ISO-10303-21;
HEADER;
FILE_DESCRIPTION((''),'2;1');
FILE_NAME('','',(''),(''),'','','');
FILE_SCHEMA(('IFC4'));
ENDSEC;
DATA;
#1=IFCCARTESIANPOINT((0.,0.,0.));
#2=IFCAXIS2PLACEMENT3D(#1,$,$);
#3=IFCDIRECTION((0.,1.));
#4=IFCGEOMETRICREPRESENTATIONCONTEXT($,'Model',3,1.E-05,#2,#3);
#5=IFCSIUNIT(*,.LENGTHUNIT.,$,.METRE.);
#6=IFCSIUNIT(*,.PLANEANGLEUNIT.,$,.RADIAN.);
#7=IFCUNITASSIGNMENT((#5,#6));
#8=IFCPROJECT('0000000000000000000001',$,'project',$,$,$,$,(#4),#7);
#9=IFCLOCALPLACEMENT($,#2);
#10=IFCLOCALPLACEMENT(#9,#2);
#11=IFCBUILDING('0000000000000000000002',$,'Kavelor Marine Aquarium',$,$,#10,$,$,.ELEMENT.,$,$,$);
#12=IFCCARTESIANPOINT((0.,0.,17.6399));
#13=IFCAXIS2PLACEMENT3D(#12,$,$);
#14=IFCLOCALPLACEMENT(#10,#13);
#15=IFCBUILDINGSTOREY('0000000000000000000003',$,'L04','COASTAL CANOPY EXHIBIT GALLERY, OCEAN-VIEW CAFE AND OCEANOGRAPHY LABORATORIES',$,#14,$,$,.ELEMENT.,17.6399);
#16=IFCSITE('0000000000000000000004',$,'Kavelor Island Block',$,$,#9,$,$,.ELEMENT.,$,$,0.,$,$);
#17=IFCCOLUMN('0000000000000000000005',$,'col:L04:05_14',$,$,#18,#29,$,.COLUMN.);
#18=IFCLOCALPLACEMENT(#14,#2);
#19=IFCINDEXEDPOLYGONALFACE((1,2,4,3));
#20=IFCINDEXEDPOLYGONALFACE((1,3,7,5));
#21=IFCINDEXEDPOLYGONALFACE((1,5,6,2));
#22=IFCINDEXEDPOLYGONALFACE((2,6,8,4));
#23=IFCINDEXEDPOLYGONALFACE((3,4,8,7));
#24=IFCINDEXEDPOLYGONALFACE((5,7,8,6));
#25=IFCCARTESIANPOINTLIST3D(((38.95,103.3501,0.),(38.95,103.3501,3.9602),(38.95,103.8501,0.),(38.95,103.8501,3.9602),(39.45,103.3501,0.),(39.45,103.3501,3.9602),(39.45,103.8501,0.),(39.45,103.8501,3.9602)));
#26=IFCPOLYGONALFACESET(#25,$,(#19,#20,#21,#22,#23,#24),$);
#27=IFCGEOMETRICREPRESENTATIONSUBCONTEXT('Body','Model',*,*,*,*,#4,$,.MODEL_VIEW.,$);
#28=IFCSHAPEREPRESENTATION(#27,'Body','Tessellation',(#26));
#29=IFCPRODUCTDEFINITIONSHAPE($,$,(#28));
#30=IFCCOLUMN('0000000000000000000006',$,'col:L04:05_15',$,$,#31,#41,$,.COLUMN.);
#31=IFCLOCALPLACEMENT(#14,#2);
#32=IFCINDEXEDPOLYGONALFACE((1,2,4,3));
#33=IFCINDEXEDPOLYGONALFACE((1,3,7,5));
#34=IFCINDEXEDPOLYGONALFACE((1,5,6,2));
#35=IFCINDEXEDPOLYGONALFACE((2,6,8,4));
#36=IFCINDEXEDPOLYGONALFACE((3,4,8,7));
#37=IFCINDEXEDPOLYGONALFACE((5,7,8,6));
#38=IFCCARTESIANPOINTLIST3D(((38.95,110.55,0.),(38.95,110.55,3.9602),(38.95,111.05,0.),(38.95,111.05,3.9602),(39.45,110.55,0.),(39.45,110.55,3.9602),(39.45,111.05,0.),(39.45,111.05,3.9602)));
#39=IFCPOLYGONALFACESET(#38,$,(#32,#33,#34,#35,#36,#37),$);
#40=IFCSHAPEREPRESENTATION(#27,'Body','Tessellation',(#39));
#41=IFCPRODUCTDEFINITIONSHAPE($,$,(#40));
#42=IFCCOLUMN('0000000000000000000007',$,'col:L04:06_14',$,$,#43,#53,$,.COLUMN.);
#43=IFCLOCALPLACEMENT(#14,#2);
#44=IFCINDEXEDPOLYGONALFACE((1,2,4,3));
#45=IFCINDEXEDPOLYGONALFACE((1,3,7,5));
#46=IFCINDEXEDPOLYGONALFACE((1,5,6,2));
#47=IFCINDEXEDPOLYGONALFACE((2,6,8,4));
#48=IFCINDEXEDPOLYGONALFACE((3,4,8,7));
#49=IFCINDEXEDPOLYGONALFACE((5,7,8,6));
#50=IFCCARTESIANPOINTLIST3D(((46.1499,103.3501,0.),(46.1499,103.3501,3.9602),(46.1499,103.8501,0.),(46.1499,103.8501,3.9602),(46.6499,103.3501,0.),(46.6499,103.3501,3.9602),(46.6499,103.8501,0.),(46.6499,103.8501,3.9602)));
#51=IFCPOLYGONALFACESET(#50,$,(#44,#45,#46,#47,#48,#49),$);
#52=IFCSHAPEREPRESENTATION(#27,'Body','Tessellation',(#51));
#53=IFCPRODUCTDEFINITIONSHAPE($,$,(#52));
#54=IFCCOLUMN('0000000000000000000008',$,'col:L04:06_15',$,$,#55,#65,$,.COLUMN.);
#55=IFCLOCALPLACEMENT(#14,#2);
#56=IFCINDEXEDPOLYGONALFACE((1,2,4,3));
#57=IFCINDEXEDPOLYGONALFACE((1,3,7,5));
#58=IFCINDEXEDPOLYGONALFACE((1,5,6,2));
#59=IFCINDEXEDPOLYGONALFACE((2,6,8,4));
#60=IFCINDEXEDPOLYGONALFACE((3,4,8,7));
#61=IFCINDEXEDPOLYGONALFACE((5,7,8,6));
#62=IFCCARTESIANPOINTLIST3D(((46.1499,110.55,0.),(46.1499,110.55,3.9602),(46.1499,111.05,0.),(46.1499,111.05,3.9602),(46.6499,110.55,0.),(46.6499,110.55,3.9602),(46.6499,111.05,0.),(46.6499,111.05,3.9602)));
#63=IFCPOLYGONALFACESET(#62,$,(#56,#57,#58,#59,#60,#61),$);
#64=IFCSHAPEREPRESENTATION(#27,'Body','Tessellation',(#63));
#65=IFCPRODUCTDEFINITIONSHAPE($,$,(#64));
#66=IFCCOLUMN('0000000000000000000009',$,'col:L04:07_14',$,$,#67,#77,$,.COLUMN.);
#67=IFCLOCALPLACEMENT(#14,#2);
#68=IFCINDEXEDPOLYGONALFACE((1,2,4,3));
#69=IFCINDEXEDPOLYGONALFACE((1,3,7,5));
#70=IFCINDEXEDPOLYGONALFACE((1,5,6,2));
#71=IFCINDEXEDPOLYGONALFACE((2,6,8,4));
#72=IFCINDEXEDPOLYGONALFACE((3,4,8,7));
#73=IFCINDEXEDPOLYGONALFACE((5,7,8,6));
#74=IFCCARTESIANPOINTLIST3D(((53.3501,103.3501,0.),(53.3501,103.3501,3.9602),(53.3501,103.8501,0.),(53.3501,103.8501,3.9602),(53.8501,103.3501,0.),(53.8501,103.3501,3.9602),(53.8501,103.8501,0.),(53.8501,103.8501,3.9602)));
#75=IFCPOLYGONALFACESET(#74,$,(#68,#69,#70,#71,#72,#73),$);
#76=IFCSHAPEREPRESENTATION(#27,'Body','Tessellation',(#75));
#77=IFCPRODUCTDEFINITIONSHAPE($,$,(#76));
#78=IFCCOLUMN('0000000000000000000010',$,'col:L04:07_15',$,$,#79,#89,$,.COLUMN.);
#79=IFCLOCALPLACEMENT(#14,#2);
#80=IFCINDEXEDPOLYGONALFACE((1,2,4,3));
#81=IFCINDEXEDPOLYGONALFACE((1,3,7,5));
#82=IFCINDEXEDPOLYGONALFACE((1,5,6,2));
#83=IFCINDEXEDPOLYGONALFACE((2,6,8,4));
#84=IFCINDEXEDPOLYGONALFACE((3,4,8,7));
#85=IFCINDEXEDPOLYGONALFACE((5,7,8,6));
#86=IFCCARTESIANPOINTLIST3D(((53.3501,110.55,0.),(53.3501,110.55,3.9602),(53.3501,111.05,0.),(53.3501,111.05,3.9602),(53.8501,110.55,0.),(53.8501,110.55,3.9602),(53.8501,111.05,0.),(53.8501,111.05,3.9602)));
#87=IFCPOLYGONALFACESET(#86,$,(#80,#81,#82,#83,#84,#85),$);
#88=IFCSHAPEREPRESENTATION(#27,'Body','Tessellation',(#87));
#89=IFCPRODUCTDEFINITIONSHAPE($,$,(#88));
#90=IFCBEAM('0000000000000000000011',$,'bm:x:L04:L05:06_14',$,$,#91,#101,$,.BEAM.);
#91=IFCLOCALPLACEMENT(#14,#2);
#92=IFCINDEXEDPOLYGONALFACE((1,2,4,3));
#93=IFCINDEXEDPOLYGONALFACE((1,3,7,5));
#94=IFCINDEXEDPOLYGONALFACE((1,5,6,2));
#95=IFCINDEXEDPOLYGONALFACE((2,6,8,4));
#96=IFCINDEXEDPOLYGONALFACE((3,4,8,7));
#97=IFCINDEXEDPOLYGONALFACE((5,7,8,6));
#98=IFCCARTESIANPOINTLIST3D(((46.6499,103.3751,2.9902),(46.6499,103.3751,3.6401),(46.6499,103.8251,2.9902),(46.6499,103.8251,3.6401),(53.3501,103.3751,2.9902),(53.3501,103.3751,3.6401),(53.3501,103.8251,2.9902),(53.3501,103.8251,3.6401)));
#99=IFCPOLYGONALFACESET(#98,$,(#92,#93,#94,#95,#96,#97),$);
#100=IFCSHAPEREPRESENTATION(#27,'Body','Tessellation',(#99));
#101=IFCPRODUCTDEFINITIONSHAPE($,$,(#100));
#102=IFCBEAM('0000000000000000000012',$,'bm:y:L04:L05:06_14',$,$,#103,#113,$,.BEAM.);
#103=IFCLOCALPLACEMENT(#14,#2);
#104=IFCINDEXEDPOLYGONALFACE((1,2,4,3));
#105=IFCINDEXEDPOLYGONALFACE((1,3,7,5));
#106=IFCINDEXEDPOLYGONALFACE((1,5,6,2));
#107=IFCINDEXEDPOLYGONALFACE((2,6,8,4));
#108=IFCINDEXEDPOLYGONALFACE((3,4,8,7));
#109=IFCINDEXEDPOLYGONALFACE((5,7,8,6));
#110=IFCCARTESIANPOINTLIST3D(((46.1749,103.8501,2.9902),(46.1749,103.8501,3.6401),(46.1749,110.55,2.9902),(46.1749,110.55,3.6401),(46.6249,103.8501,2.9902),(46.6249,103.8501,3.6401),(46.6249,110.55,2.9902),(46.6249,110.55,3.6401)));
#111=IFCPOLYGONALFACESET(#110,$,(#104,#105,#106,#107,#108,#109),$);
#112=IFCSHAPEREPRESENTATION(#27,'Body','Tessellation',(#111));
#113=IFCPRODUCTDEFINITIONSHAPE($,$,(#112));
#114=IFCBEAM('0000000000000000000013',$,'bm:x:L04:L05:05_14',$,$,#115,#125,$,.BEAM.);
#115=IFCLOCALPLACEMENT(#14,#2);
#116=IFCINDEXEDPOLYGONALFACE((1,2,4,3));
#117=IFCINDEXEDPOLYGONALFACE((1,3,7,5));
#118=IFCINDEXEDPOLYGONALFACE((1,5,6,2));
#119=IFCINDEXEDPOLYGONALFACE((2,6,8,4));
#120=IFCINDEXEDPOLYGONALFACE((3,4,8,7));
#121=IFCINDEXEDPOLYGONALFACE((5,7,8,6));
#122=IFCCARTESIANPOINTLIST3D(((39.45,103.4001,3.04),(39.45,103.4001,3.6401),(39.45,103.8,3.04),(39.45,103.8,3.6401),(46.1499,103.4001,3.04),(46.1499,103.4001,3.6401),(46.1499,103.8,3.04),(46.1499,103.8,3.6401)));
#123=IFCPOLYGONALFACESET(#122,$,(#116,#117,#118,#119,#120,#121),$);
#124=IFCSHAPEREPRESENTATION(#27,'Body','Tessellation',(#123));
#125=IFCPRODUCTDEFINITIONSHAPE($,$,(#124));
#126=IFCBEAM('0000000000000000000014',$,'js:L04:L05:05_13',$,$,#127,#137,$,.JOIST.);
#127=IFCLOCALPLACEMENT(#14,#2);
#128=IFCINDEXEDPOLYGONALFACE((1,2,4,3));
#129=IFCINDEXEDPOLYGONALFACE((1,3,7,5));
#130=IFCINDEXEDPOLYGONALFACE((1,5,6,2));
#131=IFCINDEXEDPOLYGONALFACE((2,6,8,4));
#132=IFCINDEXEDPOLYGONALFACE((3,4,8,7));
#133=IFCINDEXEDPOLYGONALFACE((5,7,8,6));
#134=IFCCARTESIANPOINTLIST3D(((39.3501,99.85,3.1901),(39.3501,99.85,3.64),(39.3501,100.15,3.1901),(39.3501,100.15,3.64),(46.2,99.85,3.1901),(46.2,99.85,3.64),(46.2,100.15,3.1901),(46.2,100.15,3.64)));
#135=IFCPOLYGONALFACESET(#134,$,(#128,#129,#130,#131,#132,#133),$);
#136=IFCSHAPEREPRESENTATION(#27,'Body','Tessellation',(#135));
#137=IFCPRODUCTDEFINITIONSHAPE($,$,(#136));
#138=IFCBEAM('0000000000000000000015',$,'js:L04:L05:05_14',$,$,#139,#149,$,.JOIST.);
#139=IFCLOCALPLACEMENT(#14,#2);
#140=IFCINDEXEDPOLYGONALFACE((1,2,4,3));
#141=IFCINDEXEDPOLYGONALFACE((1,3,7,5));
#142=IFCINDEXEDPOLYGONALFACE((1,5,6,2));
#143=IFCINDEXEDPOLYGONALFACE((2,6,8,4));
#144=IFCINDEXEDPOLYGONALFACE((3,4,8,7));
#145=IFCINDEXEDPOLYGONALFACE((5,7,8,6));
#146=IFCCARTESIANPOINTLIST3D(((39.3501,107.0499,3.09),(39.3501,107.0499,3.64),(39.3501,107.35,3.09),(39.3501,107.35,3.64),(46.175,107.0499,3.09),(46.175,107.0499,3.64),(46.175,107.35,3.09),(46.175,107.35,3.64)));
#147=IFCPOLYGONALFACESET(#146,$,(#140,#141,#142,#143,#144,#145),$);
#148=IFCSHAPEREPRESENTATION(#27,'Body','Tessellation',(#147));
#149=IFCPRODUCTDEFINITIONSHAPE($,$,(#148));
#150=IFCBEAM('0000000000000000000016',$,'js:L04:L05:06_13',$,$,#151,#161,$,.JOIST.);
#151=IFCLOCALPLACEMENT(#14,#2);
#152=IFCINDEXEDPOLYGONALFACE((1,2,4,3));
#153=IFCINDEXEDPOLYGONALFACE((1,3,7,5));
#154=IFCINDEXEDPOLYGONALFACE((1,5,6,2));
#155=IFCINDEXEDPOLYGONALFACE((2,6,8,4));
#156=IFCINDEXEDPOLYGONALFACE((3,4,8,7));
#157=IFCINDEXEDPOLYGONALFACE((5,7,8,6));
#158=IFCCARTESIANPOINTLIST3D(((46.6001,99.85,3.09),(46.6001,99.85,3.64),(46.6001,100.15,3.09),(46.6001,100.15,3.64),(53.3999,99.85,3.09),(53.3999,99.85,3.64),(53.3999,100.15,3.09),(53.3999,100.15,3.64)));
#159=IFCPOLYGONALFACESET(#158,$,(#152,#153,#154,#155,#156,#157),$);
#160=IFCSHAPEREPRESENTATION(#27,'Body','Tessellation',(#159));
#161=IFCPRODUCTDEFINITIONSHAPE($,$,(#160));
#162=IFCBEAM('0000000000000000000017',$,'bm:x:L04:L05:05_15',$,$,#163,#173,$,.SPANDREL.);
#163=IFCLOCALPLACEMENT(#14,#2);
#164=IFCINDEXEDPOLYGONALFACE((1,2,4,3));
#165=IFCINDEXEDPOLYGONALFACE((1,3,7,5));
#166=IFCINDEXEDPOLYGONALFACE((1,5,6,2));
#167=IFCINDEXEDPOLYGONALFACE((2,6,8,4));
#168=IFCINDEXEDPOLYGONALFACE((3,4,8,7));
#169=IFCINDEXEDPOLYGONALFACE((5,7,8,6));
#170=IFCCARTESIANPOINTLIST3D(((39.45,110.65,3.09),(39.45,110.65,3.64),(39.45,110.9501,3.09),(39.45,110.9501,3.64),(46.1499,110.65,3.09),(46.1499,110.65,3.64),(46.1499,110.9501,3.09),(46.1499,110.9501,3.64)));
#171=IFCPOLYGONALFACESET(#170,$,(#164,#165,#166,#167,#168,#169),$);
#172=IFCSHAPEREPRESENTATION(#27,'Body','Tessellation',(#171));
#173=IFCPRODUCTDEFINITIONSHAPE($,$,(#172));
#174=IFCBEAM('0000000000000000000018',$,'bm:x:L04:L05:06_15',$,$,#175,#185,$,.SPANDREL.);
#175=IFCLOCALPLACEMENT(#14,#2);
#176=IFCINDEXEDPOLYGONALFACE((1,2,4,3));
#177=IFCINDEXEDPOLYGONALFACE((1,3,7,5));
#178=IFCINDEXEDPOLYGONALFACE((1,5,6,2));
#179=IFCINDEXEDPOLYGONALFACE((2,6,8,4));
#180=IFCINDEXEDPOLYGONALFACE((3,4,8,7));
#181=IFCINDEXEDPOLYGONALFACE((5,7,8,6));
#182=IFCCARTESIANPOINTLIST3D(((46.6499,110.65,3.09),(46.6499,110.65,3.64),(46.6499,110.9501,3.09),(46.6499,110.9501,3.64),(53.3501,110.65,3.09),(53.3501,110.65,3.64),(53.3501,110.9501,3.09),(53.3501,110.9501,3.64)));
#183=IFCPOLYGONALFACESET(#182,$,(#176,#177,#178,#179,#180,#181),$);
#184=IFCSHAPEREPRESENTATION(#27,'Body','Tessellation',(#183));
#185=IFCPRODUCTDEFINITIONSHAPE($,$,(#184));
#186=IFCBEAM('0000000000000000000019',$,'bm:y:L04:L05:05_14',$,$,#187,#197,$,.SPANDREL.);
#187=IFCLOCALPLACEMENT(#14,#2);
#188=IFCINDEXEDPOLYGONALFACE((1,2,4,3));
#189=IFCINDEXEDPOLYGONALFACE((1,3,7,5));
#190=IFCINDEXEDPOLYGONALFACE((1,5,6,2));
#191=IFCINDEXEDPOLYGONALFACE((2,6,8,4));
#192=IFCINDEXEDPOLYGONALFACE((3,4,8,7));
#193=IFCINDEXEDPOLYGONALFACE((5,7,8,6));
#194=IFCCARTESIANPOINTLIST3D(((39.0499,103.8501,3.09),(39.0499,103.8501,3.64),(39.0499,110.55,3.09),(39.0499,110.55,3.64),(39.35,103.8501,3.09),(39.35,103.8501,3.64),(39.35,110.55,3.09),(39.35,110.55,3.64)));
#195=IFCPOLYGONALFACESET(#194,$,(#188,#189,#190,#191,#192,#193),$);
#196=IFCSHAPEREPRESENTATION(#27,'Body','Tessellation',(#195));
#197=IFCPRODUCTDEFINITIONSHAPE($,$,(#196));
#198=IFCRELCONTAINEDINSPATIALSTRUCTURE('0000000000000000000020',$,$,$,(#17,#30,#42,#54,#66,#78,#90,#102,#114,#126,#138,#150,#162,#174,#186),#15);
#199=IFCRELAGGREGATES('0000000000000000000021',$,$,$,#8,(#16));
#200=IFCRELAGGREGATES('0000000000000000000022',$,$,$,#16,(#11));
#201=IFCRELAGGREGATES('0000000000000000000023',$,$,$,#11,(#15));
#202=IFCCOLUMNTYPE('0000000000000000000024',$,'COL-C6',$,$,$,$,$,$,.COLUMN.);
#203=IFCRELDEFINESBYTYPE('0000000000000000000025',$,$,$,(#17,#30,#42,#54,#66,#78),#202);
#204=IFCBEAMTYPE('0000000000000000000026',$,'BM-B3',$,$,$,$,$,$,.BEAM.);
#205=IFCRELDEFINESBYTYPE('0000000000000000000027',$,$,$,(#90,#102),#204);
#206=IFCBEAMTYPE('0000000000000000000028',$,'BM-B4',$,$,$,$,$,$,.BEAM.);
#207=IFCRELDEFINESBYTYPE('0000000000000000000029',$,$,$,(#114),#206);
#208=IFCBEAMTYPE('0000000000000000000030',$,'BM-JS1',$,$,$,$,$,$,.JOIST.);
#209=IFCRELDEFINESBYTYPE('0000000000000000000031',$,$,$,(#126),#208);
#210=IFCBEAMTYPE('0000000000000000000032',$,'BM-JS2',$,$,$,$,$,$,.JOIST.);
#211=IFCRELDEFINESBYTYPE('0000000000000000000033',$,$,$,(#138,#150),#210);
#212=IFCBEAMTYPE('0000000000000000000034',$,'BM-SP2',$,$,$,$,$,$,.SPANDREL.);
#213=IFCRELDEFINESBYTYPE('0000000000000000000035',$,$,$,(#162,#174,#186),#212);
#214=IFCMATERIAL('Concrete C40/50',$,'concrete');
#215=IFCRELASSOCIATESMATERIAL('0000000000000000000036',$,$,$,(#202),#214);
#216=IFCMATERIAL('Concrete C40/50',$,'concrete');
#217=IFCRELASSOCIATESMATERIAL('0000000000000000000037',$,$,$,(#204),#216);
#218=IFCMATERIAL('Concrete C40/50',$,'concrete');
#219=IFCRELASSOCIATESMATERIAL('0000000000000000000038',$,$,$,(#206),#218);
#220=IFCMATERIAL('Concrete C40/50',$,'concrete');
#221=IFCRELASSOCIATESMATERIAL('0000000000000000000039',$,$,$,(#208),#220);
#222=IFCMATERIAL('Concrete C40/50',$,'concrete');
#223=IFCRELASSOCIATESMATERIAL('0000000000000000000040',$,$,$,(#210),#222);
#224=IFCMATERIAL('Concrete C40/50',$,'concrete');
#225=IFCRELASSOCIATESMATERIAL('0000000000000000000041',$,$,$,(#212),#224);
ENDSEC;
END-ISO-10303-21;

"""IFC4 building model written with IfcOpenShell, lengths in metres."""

from ifc_helpers import new_model, si_unit, direction, frame, origin, origin_2d, place, context, subcontext, project, spatial, rectangle, extrude, material, material_profile, profile_set, type_object, element, save


model = new_model("IFC4")

# Units and contexts
model_context = context("Model", 3, precision=1e-05, world=origin(), true_north=direction((0.0, 1.0)))
body_context = subcontext(model_context, "Body", "Model", "MODEL_VIEW")
ifc_project = project(units=[si_unit("LENGTHUNIT", "METRE"), si_unit("PLANEANGLEUNIT", "RADIAN")], contexts=[model_context])

# Site, building, storey
site_placement = place(None, origin())
site = spatial("IfcSite", under=ifc_project, at=site_placement, Name="Kavelor Island Block", CompositionType="ELEMENT", RefElevation=0.0)
building_placement = place(site_placement, origin())
building = spatial("IfcBuilding", under=site, at=building_placement, Name="Kavelor Marine Aquarium", CompositionType="ELEMENT")
storey_placement = place(building_placement, frame((0.0, 0.0, 17.6399)))
storey = spatial("IfcBuildingStorey", under=building, at=storey_placement, Name="L04", Description="COASTAL CANOPY EXHIBIT GALLERY, OCEAN-VIEW CAFE AND OCEANOGRAPHY LABORATORIES", CompositionType="ELEMENT", Elevation=17.6399)

# Columns
ifc_material_1 = material(Name="Concrete C40/50", Category="concrete")
ifc_material_profile_1 = material_profile(ifc_material_1, rectangle(XDim=0.5, YDim=0.5, at=origin_2d()), Name="RC-COL 500x500")
ifc_profile_set_1 = profile_set([ifc_material_profile_1], Name="Concrete C40/50")
column_type = type_object("IfcColumnType", Name="COL-C6", PredefinedType="COLUMN", material=ifc_profile_set_1)
for number, where, z_axis, x_axis, name in (
    (1, (39.2, 103.6001, 0.0), (0.0, 0.0, 1.0), (1.0, 0.0, 0.0), "col:L04:05_14"),
    (2, (39.2, 110.8, 0.0), (0.0, 0.0, 1.0), (1.0, 0.0, 0.0), "col:L04:05_15"),
    (3, (46.3999, 103.6001, 0.0), (0.0, 0.0, 1.0), (1.0, 0.0, 0.0), "col:L04:06_14"),
    (4, (46.3999, 110.8, 0.0), (0.0, 0.0, 1.0), (1.0, 0.0, 0.0), "col:L04:06_15"),
    (5, (53.6001, 103.6001, 0.0), (0.0, 0.0, 1.0), (1.0, 0.0, 0.0), "col:L04:07_14"),
    (6, (53.6001, 110.8, 0.0), (0.0, 0.0, 1.0), (1.0, 0.0, 0.0), "col:L04:07_15"),
):
    element("IfcColumn", number, at=place(storey_placement, frame(where, z_axis=z_axis, x_axis=x_axis)), inside=storey, type_object=column_type, Name=name, PredefinedType="COLUMN", context=body_context, shape_type="SweptSolid", body=[
        extrude(rectangle(XDim=0.5, YDim=0.5, at=origin_2d()), origin(), (0.0, 0.0, 1.0), 3.9602),
    ])

# Beams
ifc_material_2 = material(Name="Concrete C40/50", Category="concrete")
ifc_material_profile_2 = material_profile(ifc_material_2, rectangle(XDim=0.45, YDim=0.6499, at=origin_2d()), Name="RC-BM 450x650")
ifc_profile_set_2 = profile_set([ifc_material_profile_2], Name="Concrete C40/50")
beam_type_1 = type_object("IfcBeamType", Name="BM-B3", PredefinedType="BEAM", material=ifc_profile_set_2)
beam_1_placement = place(storey_placement, frame((46.6499, 103.6001, 3.3152), z_axis=(1.0, 0.0, 0.0), x_axis=(0.0, 1.0, 0.0)))
element("IfcBeam", 7, at=beam_1_placement, inside=storey, type_object=beam_type_1, Name="bm:x:L04:L05:06_14", PredefinedType="BEAM", context=body_context, shape_type="SweptSolid", body=[
    extrude(rectangle(XDim=0.45, YDim=0.6499, at=origin_2d()), origin(), (0.0, 0.0, 1.0), 6.7002),
])
beam_2_placement = place(storey_placement, frame((46.3999, 103.8501, 3.3152), z_axis=(0.0, 1.0, 0.0), x_axis=(-1.0, 0.0, 0.0)))
element("IfcBeam", 8, at=beam_2_placement, inside=storey, type_object=beam_type_1, Name="bm:y:L04:L05:06_14", PredefinedType="BEAM", context=body_context, shape_type="SweptSolid", body=[
    extrude(rectangle(XDim=0.45, YDim=0.6499, at=origin_2d()), origin(), (0.0, 0.0, 1.0), 6.7),
])
ifc_material_3 = material(Name="Concrete C40/50", Category="concrete")
ifc_material_profile_3 = material_profile(ifc_material_3, rectangle(XDim=0.3999, YDim=0.6001, at=origin_2d()), Name="RC-BM 400x600")
ifc_profile_set_3 = profile_set([ifc_material_profile_3], Name="Concrete C40/50")
beam_type_2 = type_object("IfcBeamType", Name="BM-B4", PredefinedType="BEAM", material=ifc_profile_set_3)
beam_3_placement = place(storey_placement, frame((39.45, 103.6001, 3.3401), z_axis=(1.0, 0.0, 0.0), x_axis=(0.0, 1.0, 0.0)))
element("IfcBeam", 9, at=beam_3_placement, inside=storey, type_object=beam_type_2, Name="bm:x:L04:L05:05_14", PredefinedType="BEAM", context=body_context, shape_type="SweptSolid", body=[
    extrude(rectangle(XDim=0.3999, YDim=0.6001, at=origin_2d()), origin(), (0.0, 0.0, 1.0), 6.7),
])
ifc_material_4 = material(Name="Concrete C40/50", Category="concrete")
ifc_material_profile_4 = material_profile(ifc_material_4, rectangle(XDim=0.3, YDim=0.45, at=origin_2d()), Name="RC-JS 300x450")
ifc_profile_set_4 = profile_set([ifc_material_profile_4], Name="Concrete C40/50")
beam_type_3 = type_object("IfcBeamType", Name="BM-JS1", PredefinedType="JOIST", material=ifc_profile_set_4)
beam_4_placement = place(storey_placement, frame((39.3501, 100.0, 3.415), z_axis=(1.0, 0.0, 0.0), x_axis=(0.0, 1.0, 0.0)))
element("IfcBeam", 10, at=beam_4_placement, inside=storey, type_object=beam_type_3, Name="js:L04:L05:05_13", PredefinedType="JOIST", context=body_context, shape_type="SweptSolid", body=[
    extrude(rectangle(XDim=0.3, YDim=0.45, at=origin_2d()), origin(), (0.0, 0.0, 1.0), 6.8499),
])
ifc_material_5 = material(Name="Concrete C40/50", Category="concrete")
ifc_material_profile_5 = material_profile(ifc_material_5, rectangle(XDim=0.3, YDim=0.55, at=origin_2d()), Name="RC-JS 300x550")
ifc_profile_set_5 = profile_set([ifc_material_profile_5], Name="Concrete C40/50")
beam_type_4 = type_object("IfcBeamType", Name="BM-JS2", PredefinedType="JOIST", material=ifc_profile_set_5)
beam_5_placement = place(storey_placement, frame((39.3501, 107.2, 3.365), z_axis=(1.0, 0.0, 0.0), x_axis=(0.0, 1.0, 0.0)))
element("IfcBeam", 11, at=beam_5_placement, inside=storey, type_object=beam_type_4, Name="js:L04:L05:05_14", PredefinedType="JOIST", context=body_context, shape_type="SweptSolid", body=[
    extrude(rectangle(XDim=0.3, YDim=0.55, at=origin_2d()), origin(), (0.0, 0.0, 1.0), 6.825),
])
beam_6_placement = place(storey_placement, frame((46.6001, 100.0, 3.365), z_axis=(1.0, 0.0, 0.0), x_axis=(0.0, 1.0, 0.0)))
element("IfcBeam", 12, at=beam_6_placement, inside=storey, type_object=beam_type_4, Name="js:L04:L05:06_13", PredefinedType="JOIST", context=body_context, shape_type="SweptSolid", body=[
    extrude(rectangle(XDim=0.3, YDim=0.55, at=origin_2d()), origin(), (0.0, 0.0, 1.0), 6.7998),
])
ifc_material_6 = material(Name="Concrete C40/50", Category="concrete")
ifc_material_profile_6 = material_profile(ifc_material_6, rectangle(XDim=0.3, YDim=0.55, at=origin_2d()), Name="RC-SP 300x550")
ifc_profile_set_6 = profile_set([ifc_material_profile_6], Name="Concrete C40/50")
beam_type_5 = type_object("IfcBeamType", Name="BM-SP2", PredefinedType="SPANDREL", material=ifc_profile_set_6)
beam_7_placement = place(storey_placement, frame((39.45, 110.8, 3.365), z_axis=(1.0, 0.0, 0.0), x_axis=(0.0, 1.0, 0.0)))
element("IfcBeam", 13, at=beam_7_placement, inside=storey, type_object=beam_type_5, Name="bm:x:L04:L05:05_15", PredefinedType="SPANDREL", context=body_context, shape_type="SweptSolid", body=[
    extrude(rectangle(XDim=0.3, YDim=0.55, at=origin_2d()), origin(), (0.0, 0.0, 1.0), 6.7),
])
beam_8_placement = place(storey_placement, frame((46.6499, 110.8, 3.365), z_axis=(1.0, 0.0, 0.0), x_axis=(0.0, 1.0, 0.0)))
element("IfcBeam", 14, at=beam_8_placement, inside=storey, type_object=beam_type_5, Name="bm:x:L04:L05:06_15", PredefinedType="SPANDREL", context=body_context, shape_type="SweptSolid", body=[
    extrude(rectangle(XDim=0.3, YDim=0.55, at=origin_2d()), origin(), (0.0, 0.0, 1.0), 6.7002),
])
beam_9_placement = place(storey_placement, frame((39.2, 103.8501, 3.365), z_axis=(0.0, 1.0, 0.0), x_axis=(-1.0, 0.0, 0.0)))
element("IfcBeam", 15, at=beam_9_placement, inside=storey, type_object=beam_type_5, Name="bm:y:L04:L05:05_14", PredefinedType="SPANDREL", context=body_context, shape_type="SweptSolid", body=[
    extrude(rectangle(XDim=0.3, YDim=0.55, at=origin_2d()), origin(), (0.0, 0.0, 1.0), 6.7),
])

save(model, "model.ifc")
